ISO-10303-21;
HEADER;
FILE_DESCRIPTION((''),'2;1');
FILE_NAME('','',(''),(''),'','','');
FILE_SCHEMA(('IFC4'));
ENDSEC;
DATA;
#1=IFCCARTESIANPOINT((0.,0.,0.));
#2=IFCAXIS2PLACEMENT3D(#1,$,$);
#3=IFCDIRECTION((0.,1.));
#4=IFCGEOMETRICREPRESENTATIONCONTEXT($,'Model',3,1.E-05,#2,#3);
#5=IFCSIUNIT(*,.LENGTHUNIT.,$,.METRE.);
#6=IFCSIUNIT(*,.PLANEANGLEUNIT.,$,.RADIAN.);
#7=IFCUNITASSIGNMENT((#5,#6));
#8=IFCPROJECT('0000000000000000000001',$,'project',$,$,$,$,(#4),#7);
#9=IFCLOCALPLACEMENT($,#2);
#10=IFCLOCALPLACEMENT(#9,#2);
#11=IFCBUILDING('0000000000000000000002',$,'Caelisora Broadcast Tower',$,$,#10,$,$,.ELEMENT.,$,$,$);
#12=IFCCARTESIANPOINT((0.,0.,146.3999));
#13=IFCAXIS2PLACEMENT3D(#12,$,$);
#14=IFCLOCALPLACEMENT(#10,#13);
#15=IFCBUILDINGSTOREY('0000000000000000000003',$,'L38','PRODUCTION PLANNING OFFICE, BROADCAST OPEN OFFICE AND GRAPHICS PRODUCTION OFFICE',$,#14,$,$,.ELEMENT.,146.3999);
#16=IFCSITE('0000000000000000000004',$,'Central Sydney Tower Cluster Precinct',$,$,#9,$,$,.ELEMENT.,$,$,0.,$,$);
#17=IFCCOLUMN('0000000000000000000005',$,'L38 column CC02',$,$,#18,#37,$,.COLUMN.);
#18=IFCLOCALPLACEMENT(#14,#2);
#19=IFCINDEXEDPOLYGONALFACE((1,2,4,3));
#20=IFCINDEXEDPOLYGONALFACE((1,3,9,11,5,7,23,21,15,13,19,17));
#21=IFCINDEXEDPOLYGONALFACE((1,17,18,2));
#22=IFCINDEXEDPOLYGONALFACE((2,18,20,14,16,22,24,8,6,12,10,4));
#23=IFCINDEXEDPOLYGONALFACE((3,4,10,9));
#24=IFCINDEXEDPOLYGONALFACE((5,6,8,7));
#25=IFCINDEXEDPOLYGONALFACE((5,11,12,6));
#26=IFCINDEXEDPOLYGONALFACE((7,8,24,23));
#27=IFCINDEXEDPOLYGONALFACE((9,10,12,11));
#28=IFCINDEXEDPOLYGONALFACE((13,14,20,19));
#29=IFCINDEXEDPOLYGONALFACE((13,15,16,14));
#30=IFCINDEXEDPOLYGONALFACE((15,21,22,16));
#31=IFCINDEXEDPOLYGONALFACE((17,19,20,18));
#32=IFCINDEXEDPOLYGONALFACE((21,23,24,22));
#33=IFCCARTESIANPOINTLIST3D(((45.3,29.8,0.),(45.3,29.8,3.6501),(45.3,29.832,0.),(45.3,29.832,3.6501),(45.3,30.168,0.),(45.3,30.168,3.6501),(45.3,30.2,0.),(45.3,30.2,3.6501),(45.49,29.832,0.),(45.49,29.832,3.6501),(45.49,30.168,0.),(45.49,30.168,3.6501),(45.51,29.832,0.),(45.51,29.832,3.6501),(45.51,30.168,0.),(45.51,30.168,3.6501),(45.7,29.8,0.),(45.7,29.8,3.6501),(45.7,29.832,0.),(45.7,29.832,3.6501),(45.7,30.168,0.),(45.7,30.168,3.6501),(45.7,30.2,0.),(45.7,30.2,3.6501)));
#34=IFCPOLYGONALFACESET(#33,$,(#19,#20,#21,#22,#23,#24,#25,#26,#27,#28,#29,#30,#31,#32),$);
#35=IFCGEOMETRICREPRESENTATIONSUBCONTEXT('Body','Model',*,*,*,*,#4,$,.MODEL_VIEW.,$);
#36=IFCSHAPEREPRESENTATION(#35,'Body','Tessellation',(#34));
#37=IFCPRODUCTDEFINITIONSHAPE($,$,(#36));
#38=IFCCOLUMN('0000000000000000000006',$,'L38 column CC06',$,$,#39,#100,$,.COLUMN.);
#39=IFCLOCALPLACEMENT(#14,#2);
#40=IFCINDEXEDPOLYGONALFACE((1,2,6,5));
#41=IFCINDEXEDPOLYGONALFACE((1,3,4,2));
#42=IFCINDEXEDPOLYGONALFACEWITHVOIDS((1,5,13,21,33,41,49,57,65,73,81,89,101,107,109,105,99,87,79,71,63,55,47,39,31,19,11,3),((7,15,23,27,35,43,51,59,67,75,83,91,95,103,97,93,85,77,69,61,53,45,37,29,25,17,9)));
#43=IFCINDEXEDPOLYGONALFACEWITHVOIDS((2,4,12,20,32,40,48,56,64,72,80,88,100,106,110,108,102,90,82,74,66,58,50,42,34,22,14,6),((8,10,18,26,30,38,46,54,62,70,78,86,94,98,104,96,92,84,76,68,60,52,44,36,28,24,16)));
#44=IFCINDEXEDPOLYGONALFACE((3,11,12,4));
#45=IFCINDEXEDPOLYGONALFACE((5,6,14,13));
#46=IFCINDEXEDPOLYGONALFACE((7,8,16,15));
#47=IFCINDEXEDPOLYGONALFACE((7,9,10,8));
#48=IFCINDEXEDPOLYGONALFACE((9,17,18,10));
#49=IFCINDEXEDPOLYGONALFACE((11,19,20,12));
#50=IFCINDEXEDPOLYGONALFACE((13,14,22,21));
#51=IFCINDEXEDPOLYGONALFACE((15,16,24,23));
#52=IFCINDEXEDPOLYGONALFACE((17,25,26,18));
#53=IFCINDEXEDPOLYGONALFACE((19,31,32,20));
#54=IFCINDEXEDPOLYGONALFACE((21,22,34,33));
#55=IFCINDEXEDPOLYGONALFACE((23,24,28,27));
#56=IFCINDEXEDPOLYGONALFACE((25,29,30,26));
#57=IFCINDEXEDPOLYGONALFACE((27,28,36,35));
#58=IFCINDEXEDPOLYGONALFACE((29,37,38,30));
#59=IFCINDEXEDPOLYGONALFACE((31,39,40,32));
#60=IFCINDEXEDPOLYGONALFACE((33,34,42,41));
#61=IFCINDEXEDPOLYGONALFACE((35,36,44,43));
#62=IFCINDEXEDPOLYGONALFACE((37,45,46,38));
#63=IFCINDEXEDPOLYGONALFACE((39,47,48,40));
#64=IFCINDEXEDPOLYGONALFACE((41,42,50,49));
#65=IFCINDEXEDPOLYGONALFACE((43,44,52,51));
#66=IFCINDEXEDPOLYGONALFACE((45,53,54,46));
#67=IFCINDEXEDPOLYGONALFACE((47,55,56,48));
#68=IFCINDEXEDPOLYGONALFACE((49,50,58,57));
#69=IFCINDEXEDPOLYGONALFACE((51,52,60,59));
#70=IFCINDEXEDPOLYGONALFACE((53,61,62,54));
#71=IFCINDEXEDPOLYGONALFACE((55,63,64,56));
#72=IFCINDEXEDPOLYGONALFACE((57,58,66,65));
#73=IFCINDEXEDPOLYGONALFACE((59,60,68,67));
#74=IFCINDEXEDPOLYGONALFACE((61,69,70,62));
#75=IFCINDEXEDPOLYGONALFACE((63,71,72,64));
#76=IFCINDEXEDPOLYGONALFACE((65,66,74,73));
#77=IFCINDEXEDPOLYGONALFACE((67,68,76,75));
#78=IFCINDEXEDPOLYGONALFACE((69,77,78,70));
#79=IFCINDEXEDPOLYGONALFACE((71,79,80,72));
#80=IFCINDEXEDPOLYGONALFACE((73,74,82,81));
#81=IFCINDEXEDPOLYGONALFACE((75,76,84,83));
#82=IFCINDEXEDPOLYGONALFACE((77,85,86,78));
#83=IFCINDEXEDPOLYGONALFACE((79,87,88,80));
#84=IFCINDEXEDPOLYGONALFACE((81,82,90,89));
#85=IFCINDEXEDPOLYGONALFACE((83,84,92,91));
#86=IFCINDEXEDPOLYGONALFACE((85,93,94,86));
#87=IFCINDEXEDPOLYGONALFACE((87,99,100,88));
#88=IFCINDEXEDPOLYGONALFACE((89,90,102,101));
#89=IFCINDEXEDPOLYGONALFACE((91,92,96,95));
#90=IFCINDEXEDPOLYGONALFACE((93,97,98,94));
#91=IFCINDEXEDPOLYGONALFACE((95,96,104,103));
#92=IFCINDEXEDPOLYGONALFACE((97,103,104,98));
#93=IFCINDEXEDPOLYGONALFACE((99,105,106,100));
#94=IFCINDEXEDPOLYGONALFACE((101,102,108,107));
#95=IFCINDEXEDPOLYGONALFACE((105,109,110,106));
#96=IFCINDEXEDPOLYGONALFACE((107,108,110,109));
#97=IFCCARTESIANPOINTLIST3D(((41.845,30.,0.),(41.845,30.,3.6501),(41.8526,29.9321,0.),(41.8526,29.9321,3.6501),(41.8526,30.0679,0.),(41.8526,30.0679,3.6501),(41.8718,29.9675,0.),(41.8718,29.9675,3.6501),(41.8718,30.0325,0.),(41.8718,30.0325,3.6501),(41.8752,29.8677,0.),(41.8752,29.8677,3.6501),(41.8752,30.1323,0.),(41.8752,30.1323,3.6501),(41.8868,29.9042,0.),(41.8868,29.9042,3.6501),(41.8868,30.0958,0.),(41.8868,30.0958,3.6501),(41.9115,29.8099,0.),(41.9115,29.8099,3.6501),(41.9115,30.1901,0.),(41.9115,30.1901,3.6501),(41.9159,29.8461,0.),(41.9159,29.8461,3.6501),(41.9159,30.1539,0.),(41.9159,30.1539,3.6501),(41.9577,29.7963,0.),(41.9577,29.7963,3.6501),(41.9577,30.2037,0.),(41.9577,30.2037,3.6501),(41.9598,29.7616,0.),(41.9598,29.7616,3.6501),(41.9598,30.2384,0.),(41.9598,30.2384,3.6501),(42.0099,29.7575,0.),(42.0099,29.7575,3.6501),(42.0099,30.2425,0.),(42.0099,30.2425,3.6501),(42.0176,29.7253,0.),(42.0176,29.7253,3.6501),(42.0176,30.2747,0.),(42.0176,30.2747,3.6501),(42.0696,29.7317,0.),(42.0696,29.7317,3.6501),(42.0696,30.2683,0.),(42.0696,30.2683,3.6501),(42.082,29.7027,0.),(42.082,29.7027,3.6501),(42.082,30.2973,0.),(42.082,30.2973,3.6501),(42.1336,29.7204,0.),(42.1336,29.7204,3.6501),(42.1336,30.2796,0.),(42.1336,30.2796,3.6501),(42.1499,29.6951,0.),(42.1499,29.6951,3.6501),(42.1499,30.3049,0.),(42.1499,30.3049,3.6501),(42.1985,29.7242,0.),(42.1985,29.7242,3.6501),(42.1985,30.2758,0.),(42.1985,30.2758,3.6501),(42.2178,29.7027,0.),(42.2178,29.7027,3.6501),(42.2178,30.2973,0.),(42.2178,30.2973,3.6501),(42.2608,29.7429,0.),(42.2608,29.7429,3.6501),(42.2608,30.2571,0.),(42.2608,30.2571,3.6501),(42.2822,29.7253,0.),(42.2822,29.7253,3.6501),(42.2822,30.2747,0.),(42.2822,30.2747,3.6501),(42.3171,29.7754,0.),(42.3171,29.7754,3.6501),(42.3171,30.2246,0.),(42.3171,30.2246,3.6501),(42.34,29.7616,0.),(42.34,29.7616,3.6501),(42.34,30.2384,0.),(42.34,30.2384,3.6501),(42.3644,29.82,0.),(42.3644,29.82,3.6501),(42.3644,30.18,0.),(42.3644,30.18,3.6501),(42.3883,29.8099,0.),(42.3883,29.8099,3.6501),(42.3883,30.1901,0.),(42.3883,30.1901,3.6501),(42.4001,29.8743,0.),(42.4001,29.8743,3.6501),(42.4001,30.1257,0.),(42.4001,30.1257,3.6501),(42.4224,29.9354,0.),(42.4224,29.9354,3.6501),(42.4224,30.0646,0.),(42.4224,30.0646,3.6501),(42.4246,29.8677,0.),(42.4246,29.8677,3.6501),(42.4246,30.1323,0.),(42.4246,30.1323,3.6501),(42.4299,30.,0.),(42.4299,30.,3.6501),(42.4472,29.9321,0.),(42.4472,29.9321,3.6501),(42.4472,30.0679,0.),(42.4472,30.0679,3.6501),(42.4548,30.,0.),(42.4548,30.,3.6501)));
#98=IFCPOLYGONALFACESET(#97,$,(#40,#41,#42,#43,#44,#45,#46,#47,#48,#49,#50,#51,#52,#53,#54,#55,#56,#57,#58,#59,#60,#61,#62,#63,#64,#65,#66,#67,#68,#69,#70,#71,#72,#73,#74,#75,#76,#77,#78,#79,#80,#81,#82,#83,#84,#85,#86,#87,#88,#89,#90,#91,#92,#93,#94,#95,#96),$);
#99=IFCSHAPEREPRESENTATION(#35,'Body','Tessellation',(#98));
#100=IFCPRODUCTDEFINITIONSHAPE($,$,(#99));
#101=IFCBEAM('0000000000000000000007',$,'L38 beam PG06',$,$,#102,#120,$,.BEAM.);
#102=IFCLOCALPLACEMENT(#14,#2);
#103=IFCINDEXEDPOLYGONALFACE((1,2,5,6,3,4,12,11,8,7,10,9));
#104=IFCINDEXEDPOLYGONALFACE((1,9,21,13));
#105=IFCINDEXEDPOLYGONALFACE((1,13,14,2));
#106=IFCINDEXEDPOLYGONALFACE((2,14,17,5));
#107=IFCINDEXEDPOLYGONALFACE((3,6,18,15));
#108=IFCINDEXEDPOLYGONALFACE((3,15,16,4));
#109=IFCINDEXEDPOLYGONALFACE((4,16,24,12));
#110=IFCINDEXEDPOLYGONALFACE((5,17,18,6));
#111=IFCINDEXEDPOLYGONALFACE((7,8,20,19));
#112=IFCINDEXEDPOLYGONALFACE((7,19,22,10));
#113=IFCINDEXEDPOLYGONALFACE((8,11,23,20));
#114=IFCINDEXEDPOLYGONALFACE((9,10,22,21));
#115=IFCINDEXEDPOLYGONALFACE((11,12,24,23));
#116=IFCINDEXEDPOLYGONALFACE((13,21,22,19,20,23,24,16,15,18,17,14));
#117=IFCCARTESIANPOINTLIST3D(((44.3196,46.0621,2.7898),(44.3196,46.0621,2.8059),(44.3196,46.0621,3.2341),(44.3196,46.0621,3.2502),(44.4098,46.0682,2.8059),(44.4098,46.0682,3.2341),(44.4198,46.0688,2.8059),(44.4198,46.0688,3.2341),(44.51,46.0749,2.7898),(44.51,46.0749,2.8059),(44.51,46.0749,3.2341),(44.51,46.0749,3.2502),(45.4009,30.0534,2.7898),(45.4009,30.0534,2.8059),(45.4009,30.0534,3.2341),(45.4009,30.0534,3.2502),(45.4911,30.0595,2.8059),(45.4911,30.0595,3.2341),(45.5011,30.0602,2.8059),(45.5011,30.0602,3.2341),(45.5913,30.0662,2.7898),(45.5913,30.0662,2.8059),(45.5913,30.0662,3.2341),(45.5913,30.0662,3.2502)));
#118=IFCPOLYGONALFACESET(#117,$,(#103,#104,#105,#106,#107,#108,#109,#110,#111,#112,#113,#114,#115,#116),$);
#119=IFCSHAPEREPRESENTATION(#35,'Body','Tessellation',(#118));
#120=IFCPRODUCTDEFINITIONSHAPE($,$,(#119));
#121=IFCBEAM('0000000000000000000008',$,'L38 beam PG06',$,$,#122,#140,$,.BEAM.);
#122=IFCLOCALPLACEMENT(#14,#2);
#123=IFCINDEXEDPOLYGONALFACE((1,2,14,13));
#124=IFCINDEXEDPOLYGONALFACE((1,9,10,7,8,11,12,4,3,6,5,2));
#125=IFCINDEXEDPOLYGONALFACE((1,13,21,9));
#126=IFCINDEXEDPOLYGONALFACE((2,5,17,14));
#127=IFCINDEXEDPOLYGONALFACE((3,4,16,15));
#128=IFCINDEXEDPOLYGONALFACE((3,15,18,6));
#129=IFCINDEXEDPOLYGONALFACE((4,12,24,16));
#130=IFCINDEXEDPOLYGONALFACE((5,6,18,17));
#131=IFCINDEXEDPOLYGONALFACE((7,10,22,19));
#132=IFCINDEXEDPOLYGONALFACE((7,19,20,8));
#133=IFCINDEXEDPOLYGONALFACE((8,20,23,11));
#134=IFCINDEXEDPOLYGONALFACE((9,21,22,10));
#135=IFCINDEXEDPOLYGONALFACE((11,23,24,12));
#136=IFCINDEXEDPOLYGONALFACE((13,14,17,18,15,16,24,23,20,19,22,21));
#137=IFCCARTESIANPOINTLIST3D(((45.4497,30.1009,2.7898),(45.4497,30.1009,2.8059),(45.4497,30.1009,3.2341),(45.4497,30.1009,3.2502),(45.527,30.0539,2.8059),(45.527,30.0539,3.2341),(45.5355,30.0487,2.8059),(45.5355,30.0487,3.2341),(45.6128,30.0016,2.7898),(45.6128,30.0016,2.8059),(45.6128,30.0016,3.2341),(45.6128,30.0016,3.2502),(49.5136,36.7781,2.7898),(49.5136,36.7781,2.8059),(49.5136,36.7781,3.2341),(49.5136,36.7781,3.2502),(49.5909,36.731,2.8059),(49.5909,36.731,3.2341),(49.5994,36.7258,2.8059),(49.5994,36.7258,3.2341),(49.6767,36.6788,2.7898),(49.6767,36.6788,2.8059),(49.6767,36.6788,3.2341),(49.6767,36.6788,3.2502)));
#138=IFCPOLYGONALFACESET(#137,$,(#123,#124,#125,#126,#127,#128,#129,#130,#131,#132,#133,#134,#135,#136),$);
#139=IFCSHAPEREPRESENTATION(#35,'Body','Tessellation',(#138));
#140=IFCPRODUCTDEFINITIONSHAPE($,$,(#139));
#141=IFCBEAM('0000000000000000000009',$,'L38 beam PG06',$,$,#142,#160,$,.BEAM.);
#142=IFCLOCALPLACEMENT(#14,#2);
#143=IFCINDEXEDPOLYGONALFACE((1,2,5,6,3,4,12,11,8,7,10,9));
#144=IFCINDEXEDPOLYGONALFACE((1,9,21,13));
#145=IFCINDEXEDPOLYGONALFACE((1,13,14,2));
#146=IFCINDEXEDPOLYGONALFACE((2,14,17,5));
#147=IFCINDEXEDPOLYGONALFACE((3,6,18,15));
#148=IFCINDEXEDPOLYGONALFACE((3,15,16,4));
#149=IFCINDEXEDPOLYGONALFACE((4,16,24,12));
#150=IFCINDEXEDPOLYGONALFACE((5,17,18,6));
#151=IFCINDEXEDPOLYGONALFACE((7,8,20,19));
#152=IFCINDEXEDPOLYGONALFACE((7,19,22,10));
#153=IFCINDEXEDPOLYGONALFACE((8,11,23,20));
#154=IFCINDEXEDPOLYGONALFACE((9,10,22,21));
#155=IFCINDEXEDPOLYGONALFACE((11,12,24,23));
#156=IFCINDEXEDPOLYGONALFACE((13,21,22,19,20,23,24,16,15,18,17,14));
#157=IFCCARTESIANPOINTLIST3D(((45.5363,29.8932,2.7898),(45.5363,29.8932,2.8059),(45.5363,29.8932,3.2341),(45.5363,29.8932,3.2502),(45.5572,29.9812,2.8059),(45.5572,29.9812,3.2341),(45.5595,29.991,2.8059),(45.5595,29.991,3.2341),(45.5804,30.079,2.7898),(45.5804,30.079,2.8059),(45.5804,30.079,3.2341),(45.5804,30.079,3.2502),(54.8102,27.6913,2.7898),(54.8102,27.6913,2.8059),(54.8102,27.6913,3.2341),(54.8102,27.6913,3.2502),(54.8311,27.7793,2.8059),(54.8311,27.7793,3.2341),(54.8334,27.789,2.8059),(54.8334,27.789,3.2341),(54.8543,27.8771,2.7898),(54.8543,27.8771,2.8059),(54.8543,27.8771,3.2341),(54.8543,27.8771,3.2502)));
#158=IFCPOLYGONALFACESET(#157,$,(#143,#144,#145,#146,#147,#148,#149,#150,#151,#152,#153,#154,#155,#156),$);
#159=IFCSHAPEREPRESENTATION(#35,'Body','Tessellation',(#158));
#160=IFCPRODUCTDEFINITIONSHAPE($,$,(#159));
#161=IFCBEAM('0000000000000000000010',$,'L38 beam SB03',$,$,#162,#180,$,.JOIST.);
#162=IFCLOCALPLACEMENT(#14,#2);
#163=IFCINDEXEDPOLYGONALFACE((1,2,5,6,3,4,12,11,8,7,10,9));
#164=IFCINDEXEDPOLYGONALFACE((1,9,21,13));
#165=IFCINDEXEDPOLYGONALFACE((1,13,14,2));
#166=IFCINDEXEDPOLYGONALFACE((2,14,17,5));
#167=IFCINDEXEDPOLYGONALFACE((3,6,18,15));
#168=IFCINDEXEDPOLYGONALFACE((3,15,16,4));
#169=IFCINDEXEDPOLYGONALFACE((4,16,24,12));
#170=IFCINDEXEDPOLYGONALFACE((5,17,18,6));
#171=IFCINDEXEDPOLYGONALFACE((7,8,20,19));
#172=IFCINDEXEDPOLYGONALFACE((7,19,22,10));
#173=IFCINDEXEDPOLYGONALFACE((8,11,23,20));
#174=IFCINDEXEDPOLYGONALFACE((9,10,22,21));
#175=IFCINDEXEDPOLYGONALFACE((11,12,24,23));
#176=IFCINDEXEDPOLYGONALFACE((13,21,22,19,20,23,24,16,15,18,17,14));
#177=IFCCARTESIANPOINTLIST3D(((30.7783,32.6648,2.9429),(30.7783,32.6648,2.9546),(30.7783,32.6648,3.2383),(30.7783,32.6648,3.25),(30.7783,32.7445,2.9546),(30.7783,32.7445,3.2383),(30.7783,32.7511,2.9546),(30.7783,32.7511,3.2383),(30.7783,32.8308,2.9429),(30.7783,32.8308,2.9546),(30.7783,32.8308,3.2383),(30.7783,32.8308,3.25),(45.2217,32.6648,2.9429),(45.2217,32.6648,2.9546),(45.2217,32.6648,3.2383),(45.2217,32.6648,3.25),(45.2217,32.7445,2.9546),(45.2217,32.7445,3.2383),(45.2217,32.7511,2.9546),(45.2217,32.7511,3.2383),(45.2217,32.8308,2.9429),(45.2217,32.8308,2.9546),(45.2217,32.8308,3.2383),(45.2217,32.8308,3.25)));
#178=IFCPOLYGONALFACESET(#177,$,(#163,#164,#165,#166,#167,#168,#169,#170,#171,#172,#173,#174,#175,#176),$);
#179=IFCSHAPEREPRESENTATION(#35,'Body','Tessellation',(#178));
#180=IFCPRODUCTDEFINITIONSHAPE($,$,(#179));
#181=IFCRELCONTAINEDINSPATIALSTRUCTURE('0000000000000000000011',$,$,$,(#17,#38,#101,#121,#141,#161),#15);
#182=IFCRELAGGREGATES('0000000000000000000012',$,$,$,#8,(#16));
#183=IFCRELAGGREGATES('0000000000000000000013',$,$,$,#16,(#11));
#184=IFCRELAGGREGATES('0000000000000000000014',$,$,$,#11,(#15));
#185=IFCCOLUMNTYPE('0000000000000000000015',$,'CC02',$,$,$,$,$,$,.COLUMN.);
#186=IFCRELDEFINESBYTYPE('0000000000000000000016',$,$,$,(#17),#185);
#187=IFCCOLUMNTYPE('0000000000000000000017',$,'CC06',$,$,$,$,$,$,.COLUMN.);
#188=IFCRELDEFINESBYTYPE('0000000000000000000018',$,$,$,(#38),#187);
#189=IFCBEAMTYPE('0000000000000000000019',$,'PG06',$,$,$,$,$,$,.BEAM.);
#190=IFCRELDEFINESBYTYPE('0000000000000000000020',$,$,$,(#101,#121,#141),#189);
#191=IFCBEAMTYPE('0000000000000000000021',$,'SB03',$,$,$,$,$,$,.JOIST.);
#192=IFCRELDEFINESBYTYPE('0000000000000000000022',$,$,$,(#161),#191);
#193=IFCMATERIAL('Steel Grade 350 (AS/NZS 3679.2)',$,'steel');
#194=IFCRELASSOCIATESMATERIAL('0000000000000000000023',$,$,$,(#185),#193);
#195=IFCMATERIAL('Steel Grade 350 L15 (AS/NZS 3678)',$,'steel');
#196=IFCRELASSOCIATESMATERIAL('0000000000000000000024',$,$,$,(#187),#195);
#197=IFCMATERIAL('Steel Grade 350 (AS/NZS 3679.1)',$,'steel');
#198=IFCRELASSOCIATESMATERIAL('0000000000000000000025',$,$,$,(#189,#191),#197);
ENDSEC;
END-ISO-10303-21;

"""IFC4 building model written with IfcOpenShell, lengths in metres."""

from ifc_helpers import new_model, si_unit, direction, frame, origin, origin_2d, place, context, subcontext, project, spatial, hollow_circle, i_section, extrude, source, transform, mapped, material, material_profile, profile_set, type_object, type_shapes, element, save


model = new_model("IFC4")

# Units and contexts
model_context = context("Model", 3, precision=1e-05, world=origin(), true_north=direction((0.0, 1.0)))
body_context = subcontext(model_context, "Body", "Model", "MODEL_VIEW")
ifc_project = project(units=[si_unit("LENGTHUNIT", "METRE"), si_unit("PLANEANGLEUNIT", "RADIAN")], contexts=[model_context])

# Site, building, storey
site_placement = place(None, origin())
site = spatial("IfcSite", under=ifc_project, at=site_placement, Name="Central Sydney Tower Cluster Precinct", CompositionType="ELEMENT", RefElevation=0.0)
building_placement = place(site_placement, origin())
building = spatial("IfcBuilding", under=site, at=building_placement, Name="Caelisora Broadcast Tower", CompositionType="ELEMENT")
storey_placement = place(building_placement, frame((0.0, 0.0, 146.3999)))
storey = spatial("IfcBuildingStorey", under=building, at=storey_placement, Name="L38", Description="PRODUCTION PLANNING OFFICE, BROADCAST OPEN OFFICE AND GRAPHICS PRODUCTION OFFICE", CompositionType="ELEMENT", Elevation=146.3999)

# Columns
ifc_material_1 = material(Name="Steel Grade 350 (AS/NZS 3679.2)", Category="steel")
ifc_material_profile_1 = material_profile(ifc_material_1, i_section(OverallWidth=0.3999, OverallDepth=0.3999, WebThickness=0.02, FlangeThickness=0.032, at=origin_2d()), Name="Steel Grade 350 (AS/NZS 3679.2)")
ifc_profile_set_1 = profile_set([ifc_material_profile_1], Name="Steel Grade 350 (AS/NZS 3679.2)")
column_type_1 = type_object("IfcColumnType", Name="CC02", PredefinedType="COLUMN", material=ifc_profile_set_1)
shared_shape_1 = source(origin(), body_context, "Body", "SweptSolid", [
    extrude(i_section(OverallWidth=0.3999, OverallDepth=0.3999, WebThickness=0.02, FlangeThickness=0.032, at=origin_2d()), origin(), (0.0, 0.0, 1.0), 3.6501),
])
type_shapes(column_type_1, [shared_shape_1])
column_1_placement = place(storey_placement, frame((45.5, 30.0, 0.0), z_axis=(0.0, 0.0, 1.0), x_axis=(1.0, 0.0, 0.0)))
element("IfcColumn", 1, at=column_1_placement, inside=storey, type_object=column_type_1, Name="L38 column CC02", PredefinedType="COLUMN", context=body_context, shape_type="MappedRepresentation", body=[
    mapped(shared_shape_1, transform((0.0, 0.0, 0.0), scale=1.0)),
])
ifc_material_2 = material(Name="Steel Grade 350 L15 (AS/NZS 3678)", Category="steel")
ifc_material_profile_2 = material_profile(ifc_material_2, hollow_circle(Radius=0.3049, WallThickness=0.0249, at=origin_2d()), Name="Steel Grade 350 L15 (AS/NZS 3678)")
ifc_profile_set_2 = profile_set([ifc_material_profile_2], Name="Steel Grade 350 L15 (AS/NZS 3678)")
column_type_2 = type_object("IfcColumnType", Name="CC06", PredefinedType="COLUMN", material=ifc_profile_set_2)
shared_shape_2 = source(origin(), body_context, "Body", "SweptSolid", [
    extrude(hollow_circle(Radius=0.3049, WallThickness=0.0249, at=origin_2d()), origin(), (0.0, 0.0, 1.0), 3.6501),
])
type_shapes(column_type_2, [shared_shape_2])
column_2_placement = place(storey_placement, frame((42.1499, 30.0, 0.0), z_axis=(0.0, 0.0, 1.0), x_axis=(1.0, 0.0, 0.0)))
element("IfcColumn", 2, at=column_2_placement, inside=storey, type_object=column_type_2, Name="L38 column CC06", PredefinedType="COLUMN", context=body_context, shape_type="MappedRepresentation", body=[
    mapped(shared_shape_2, transform((0.0, 0.0, 0.0), scale=1.0)),
])

# Beams
ifc_material_3 = material(Name="Steel Grade 350 (AS/NZS 3679.1)", Category="steel")
ifc_material_profile_3 = material_profile(ifc_material_3, i_section(OverallWidth=0.1909, OverallDepth=0.4604, WebThickness=0.01, FlangeThickness=0.0161, at=origin_2d()), Name="Steel Grade 350 (AS/NZS 3679.1)")
ifc_profile_set_3 = profile_set([ifc_material_profile_3], Name="Steel Grade 350 (AS/NZS 3679.1)")
beam_type_1 = type_object("IfcBeamType", Name="PG06", PredefinedType="BEAM", material=ifc_profile_set_3)
shared_shape_3 = source(origin(), body_context, "Body", "SweptSolid", [
    extrude(i_section(OverallWidth=0.1909, OverallDepth=0.4604, WebThickness=0.01, FlangeThickness=0.0161, at=origin_2d()), origin(), (0.0, 0.0, 1.0), 16.0452),
])
beam_1_placement = place(storey_placement, frame((45.4961, 30.0598, 3.02), z_axis=(-0.067391, 0.997727, 0.0), x_axis=(-0.997727, -0.067391, 0.0)))
element("IfcBeam", 3, at=beam_1_placement, inside=storey, type_object=beam_type_1, Name="L38 beam PG06", PredefinedType="BEAM", context=body_context, shape_type="MappedRepresentation", body=[
    mapped(shared_shape_3, transform((0.0, 0.0, 0.0), scale=1.0)),
])
shared_shape_4 = source(origin(), body_context, "Body", "SweptSolid", [
    extrude(i_section(OverallWidth=0.1909, OverallDepth=0.4604, WebThickness=0.01, FlangeThickness=0.0161, at=origin_2d()), origin(), (0.0, 0.0, 1.0), 7.8167),
])
beam_2_placement = place(storey_placement, frame((45.5312, 30.0513, 3.02), z_axis=(0.519905, 0.854224, 0.0), x_axis=(-0.854224, 0.519905, 0.0)))
element("IfcBeam", 4, at=beam_2_placement, inside=storey, type_object=beam_type_1, Name="L38 beam PG06", PredefinedType="BEAM", context=body_context, shape_type="MappedRepresentation", body=[
    mapped(shared_shape_4, transform((0.0, 0.0, 0.0), scale=1.0)),
])
shared_shape_5 = source(origin(), body_context, "Body", "SweptSolid", [
    extrude(i_section(OverallWidth=0.1909, OverallDepth=0.4604, WebThickness=0.01, FlangeThickness=0.0161, at=origin_2d()), origin(), (0.0, 0.0, 1.0), 9.5317),
])
type_shapes(beam_type_1, [shared_shape_3, shared_shape_4, shared_shape_5])
beam_3_placement = place(storey_placement, frame((45.5583, 29.9861, 3.02), z_axis=(0.972952, -0.231008, 0.0), x_axis=(0.231008, 0.972952, 0.0)))
element("IfcBeam", 5, at=beam_3_placement, inside=storey, type_object=beam_type_1, Name="L38 beam PG06", PredefinedType="BEAM", context=body_context, shape_type="MappedRepresentation", body=[
    mapped(shared_shape_5, transform((0.0, 0.0, 0.0), scale=1.0)),
])
ifc_material_profile_4 = material_profile(ifc_material_3, i_section(OverallWidth=0.166, OverallDepth=0.3071, WebThickness=0.0066, FlangeThickness=0.0117, at=origin_2d()), Name="Steel Grade 350 (AS/NZS 3679.1)")
ifc_profile_set_4 = profile_set([ifc_material_profile_4], Name="Steel Grade 350 (AS/NZS 3679.1)")
beam_type_2 = type_object("IfcBeamType", Name="SB03", PredefinedType="JOIST", material=ifc_profile_set_4)
shared_shape_6 = source(origin(), body_context, "Body", "SweptSolid", [
    extrude(i_section(OverallWidth=0.166, OverallDepth=0.3071, WebThickness=0.0066, FlangeThickness=0.0117, at=origin_2d()), origin(), (0.0, 0.0, 1.0), 14.4434),
])
beam_4_placement = place(storey_placement, frame((45.2217, 32.7478, 3.0964), z_axis=(-1.0, 0.0, 0.0), x_axis=(0.0, -1.0, 0.0)))
element("IfcBeam", 6, at=beam_4_placement, inside=storey, type_object=beam_type_2, Name="L38 beam SB03", PredefinedType="JOIST", context=body_context, shape_type="MappedRepresentation", body=[
    mapped(shared_shape_6, transform((0.0, 0.0, 0.0), scale=1.0)),
])

save(model, "model.ifc")
